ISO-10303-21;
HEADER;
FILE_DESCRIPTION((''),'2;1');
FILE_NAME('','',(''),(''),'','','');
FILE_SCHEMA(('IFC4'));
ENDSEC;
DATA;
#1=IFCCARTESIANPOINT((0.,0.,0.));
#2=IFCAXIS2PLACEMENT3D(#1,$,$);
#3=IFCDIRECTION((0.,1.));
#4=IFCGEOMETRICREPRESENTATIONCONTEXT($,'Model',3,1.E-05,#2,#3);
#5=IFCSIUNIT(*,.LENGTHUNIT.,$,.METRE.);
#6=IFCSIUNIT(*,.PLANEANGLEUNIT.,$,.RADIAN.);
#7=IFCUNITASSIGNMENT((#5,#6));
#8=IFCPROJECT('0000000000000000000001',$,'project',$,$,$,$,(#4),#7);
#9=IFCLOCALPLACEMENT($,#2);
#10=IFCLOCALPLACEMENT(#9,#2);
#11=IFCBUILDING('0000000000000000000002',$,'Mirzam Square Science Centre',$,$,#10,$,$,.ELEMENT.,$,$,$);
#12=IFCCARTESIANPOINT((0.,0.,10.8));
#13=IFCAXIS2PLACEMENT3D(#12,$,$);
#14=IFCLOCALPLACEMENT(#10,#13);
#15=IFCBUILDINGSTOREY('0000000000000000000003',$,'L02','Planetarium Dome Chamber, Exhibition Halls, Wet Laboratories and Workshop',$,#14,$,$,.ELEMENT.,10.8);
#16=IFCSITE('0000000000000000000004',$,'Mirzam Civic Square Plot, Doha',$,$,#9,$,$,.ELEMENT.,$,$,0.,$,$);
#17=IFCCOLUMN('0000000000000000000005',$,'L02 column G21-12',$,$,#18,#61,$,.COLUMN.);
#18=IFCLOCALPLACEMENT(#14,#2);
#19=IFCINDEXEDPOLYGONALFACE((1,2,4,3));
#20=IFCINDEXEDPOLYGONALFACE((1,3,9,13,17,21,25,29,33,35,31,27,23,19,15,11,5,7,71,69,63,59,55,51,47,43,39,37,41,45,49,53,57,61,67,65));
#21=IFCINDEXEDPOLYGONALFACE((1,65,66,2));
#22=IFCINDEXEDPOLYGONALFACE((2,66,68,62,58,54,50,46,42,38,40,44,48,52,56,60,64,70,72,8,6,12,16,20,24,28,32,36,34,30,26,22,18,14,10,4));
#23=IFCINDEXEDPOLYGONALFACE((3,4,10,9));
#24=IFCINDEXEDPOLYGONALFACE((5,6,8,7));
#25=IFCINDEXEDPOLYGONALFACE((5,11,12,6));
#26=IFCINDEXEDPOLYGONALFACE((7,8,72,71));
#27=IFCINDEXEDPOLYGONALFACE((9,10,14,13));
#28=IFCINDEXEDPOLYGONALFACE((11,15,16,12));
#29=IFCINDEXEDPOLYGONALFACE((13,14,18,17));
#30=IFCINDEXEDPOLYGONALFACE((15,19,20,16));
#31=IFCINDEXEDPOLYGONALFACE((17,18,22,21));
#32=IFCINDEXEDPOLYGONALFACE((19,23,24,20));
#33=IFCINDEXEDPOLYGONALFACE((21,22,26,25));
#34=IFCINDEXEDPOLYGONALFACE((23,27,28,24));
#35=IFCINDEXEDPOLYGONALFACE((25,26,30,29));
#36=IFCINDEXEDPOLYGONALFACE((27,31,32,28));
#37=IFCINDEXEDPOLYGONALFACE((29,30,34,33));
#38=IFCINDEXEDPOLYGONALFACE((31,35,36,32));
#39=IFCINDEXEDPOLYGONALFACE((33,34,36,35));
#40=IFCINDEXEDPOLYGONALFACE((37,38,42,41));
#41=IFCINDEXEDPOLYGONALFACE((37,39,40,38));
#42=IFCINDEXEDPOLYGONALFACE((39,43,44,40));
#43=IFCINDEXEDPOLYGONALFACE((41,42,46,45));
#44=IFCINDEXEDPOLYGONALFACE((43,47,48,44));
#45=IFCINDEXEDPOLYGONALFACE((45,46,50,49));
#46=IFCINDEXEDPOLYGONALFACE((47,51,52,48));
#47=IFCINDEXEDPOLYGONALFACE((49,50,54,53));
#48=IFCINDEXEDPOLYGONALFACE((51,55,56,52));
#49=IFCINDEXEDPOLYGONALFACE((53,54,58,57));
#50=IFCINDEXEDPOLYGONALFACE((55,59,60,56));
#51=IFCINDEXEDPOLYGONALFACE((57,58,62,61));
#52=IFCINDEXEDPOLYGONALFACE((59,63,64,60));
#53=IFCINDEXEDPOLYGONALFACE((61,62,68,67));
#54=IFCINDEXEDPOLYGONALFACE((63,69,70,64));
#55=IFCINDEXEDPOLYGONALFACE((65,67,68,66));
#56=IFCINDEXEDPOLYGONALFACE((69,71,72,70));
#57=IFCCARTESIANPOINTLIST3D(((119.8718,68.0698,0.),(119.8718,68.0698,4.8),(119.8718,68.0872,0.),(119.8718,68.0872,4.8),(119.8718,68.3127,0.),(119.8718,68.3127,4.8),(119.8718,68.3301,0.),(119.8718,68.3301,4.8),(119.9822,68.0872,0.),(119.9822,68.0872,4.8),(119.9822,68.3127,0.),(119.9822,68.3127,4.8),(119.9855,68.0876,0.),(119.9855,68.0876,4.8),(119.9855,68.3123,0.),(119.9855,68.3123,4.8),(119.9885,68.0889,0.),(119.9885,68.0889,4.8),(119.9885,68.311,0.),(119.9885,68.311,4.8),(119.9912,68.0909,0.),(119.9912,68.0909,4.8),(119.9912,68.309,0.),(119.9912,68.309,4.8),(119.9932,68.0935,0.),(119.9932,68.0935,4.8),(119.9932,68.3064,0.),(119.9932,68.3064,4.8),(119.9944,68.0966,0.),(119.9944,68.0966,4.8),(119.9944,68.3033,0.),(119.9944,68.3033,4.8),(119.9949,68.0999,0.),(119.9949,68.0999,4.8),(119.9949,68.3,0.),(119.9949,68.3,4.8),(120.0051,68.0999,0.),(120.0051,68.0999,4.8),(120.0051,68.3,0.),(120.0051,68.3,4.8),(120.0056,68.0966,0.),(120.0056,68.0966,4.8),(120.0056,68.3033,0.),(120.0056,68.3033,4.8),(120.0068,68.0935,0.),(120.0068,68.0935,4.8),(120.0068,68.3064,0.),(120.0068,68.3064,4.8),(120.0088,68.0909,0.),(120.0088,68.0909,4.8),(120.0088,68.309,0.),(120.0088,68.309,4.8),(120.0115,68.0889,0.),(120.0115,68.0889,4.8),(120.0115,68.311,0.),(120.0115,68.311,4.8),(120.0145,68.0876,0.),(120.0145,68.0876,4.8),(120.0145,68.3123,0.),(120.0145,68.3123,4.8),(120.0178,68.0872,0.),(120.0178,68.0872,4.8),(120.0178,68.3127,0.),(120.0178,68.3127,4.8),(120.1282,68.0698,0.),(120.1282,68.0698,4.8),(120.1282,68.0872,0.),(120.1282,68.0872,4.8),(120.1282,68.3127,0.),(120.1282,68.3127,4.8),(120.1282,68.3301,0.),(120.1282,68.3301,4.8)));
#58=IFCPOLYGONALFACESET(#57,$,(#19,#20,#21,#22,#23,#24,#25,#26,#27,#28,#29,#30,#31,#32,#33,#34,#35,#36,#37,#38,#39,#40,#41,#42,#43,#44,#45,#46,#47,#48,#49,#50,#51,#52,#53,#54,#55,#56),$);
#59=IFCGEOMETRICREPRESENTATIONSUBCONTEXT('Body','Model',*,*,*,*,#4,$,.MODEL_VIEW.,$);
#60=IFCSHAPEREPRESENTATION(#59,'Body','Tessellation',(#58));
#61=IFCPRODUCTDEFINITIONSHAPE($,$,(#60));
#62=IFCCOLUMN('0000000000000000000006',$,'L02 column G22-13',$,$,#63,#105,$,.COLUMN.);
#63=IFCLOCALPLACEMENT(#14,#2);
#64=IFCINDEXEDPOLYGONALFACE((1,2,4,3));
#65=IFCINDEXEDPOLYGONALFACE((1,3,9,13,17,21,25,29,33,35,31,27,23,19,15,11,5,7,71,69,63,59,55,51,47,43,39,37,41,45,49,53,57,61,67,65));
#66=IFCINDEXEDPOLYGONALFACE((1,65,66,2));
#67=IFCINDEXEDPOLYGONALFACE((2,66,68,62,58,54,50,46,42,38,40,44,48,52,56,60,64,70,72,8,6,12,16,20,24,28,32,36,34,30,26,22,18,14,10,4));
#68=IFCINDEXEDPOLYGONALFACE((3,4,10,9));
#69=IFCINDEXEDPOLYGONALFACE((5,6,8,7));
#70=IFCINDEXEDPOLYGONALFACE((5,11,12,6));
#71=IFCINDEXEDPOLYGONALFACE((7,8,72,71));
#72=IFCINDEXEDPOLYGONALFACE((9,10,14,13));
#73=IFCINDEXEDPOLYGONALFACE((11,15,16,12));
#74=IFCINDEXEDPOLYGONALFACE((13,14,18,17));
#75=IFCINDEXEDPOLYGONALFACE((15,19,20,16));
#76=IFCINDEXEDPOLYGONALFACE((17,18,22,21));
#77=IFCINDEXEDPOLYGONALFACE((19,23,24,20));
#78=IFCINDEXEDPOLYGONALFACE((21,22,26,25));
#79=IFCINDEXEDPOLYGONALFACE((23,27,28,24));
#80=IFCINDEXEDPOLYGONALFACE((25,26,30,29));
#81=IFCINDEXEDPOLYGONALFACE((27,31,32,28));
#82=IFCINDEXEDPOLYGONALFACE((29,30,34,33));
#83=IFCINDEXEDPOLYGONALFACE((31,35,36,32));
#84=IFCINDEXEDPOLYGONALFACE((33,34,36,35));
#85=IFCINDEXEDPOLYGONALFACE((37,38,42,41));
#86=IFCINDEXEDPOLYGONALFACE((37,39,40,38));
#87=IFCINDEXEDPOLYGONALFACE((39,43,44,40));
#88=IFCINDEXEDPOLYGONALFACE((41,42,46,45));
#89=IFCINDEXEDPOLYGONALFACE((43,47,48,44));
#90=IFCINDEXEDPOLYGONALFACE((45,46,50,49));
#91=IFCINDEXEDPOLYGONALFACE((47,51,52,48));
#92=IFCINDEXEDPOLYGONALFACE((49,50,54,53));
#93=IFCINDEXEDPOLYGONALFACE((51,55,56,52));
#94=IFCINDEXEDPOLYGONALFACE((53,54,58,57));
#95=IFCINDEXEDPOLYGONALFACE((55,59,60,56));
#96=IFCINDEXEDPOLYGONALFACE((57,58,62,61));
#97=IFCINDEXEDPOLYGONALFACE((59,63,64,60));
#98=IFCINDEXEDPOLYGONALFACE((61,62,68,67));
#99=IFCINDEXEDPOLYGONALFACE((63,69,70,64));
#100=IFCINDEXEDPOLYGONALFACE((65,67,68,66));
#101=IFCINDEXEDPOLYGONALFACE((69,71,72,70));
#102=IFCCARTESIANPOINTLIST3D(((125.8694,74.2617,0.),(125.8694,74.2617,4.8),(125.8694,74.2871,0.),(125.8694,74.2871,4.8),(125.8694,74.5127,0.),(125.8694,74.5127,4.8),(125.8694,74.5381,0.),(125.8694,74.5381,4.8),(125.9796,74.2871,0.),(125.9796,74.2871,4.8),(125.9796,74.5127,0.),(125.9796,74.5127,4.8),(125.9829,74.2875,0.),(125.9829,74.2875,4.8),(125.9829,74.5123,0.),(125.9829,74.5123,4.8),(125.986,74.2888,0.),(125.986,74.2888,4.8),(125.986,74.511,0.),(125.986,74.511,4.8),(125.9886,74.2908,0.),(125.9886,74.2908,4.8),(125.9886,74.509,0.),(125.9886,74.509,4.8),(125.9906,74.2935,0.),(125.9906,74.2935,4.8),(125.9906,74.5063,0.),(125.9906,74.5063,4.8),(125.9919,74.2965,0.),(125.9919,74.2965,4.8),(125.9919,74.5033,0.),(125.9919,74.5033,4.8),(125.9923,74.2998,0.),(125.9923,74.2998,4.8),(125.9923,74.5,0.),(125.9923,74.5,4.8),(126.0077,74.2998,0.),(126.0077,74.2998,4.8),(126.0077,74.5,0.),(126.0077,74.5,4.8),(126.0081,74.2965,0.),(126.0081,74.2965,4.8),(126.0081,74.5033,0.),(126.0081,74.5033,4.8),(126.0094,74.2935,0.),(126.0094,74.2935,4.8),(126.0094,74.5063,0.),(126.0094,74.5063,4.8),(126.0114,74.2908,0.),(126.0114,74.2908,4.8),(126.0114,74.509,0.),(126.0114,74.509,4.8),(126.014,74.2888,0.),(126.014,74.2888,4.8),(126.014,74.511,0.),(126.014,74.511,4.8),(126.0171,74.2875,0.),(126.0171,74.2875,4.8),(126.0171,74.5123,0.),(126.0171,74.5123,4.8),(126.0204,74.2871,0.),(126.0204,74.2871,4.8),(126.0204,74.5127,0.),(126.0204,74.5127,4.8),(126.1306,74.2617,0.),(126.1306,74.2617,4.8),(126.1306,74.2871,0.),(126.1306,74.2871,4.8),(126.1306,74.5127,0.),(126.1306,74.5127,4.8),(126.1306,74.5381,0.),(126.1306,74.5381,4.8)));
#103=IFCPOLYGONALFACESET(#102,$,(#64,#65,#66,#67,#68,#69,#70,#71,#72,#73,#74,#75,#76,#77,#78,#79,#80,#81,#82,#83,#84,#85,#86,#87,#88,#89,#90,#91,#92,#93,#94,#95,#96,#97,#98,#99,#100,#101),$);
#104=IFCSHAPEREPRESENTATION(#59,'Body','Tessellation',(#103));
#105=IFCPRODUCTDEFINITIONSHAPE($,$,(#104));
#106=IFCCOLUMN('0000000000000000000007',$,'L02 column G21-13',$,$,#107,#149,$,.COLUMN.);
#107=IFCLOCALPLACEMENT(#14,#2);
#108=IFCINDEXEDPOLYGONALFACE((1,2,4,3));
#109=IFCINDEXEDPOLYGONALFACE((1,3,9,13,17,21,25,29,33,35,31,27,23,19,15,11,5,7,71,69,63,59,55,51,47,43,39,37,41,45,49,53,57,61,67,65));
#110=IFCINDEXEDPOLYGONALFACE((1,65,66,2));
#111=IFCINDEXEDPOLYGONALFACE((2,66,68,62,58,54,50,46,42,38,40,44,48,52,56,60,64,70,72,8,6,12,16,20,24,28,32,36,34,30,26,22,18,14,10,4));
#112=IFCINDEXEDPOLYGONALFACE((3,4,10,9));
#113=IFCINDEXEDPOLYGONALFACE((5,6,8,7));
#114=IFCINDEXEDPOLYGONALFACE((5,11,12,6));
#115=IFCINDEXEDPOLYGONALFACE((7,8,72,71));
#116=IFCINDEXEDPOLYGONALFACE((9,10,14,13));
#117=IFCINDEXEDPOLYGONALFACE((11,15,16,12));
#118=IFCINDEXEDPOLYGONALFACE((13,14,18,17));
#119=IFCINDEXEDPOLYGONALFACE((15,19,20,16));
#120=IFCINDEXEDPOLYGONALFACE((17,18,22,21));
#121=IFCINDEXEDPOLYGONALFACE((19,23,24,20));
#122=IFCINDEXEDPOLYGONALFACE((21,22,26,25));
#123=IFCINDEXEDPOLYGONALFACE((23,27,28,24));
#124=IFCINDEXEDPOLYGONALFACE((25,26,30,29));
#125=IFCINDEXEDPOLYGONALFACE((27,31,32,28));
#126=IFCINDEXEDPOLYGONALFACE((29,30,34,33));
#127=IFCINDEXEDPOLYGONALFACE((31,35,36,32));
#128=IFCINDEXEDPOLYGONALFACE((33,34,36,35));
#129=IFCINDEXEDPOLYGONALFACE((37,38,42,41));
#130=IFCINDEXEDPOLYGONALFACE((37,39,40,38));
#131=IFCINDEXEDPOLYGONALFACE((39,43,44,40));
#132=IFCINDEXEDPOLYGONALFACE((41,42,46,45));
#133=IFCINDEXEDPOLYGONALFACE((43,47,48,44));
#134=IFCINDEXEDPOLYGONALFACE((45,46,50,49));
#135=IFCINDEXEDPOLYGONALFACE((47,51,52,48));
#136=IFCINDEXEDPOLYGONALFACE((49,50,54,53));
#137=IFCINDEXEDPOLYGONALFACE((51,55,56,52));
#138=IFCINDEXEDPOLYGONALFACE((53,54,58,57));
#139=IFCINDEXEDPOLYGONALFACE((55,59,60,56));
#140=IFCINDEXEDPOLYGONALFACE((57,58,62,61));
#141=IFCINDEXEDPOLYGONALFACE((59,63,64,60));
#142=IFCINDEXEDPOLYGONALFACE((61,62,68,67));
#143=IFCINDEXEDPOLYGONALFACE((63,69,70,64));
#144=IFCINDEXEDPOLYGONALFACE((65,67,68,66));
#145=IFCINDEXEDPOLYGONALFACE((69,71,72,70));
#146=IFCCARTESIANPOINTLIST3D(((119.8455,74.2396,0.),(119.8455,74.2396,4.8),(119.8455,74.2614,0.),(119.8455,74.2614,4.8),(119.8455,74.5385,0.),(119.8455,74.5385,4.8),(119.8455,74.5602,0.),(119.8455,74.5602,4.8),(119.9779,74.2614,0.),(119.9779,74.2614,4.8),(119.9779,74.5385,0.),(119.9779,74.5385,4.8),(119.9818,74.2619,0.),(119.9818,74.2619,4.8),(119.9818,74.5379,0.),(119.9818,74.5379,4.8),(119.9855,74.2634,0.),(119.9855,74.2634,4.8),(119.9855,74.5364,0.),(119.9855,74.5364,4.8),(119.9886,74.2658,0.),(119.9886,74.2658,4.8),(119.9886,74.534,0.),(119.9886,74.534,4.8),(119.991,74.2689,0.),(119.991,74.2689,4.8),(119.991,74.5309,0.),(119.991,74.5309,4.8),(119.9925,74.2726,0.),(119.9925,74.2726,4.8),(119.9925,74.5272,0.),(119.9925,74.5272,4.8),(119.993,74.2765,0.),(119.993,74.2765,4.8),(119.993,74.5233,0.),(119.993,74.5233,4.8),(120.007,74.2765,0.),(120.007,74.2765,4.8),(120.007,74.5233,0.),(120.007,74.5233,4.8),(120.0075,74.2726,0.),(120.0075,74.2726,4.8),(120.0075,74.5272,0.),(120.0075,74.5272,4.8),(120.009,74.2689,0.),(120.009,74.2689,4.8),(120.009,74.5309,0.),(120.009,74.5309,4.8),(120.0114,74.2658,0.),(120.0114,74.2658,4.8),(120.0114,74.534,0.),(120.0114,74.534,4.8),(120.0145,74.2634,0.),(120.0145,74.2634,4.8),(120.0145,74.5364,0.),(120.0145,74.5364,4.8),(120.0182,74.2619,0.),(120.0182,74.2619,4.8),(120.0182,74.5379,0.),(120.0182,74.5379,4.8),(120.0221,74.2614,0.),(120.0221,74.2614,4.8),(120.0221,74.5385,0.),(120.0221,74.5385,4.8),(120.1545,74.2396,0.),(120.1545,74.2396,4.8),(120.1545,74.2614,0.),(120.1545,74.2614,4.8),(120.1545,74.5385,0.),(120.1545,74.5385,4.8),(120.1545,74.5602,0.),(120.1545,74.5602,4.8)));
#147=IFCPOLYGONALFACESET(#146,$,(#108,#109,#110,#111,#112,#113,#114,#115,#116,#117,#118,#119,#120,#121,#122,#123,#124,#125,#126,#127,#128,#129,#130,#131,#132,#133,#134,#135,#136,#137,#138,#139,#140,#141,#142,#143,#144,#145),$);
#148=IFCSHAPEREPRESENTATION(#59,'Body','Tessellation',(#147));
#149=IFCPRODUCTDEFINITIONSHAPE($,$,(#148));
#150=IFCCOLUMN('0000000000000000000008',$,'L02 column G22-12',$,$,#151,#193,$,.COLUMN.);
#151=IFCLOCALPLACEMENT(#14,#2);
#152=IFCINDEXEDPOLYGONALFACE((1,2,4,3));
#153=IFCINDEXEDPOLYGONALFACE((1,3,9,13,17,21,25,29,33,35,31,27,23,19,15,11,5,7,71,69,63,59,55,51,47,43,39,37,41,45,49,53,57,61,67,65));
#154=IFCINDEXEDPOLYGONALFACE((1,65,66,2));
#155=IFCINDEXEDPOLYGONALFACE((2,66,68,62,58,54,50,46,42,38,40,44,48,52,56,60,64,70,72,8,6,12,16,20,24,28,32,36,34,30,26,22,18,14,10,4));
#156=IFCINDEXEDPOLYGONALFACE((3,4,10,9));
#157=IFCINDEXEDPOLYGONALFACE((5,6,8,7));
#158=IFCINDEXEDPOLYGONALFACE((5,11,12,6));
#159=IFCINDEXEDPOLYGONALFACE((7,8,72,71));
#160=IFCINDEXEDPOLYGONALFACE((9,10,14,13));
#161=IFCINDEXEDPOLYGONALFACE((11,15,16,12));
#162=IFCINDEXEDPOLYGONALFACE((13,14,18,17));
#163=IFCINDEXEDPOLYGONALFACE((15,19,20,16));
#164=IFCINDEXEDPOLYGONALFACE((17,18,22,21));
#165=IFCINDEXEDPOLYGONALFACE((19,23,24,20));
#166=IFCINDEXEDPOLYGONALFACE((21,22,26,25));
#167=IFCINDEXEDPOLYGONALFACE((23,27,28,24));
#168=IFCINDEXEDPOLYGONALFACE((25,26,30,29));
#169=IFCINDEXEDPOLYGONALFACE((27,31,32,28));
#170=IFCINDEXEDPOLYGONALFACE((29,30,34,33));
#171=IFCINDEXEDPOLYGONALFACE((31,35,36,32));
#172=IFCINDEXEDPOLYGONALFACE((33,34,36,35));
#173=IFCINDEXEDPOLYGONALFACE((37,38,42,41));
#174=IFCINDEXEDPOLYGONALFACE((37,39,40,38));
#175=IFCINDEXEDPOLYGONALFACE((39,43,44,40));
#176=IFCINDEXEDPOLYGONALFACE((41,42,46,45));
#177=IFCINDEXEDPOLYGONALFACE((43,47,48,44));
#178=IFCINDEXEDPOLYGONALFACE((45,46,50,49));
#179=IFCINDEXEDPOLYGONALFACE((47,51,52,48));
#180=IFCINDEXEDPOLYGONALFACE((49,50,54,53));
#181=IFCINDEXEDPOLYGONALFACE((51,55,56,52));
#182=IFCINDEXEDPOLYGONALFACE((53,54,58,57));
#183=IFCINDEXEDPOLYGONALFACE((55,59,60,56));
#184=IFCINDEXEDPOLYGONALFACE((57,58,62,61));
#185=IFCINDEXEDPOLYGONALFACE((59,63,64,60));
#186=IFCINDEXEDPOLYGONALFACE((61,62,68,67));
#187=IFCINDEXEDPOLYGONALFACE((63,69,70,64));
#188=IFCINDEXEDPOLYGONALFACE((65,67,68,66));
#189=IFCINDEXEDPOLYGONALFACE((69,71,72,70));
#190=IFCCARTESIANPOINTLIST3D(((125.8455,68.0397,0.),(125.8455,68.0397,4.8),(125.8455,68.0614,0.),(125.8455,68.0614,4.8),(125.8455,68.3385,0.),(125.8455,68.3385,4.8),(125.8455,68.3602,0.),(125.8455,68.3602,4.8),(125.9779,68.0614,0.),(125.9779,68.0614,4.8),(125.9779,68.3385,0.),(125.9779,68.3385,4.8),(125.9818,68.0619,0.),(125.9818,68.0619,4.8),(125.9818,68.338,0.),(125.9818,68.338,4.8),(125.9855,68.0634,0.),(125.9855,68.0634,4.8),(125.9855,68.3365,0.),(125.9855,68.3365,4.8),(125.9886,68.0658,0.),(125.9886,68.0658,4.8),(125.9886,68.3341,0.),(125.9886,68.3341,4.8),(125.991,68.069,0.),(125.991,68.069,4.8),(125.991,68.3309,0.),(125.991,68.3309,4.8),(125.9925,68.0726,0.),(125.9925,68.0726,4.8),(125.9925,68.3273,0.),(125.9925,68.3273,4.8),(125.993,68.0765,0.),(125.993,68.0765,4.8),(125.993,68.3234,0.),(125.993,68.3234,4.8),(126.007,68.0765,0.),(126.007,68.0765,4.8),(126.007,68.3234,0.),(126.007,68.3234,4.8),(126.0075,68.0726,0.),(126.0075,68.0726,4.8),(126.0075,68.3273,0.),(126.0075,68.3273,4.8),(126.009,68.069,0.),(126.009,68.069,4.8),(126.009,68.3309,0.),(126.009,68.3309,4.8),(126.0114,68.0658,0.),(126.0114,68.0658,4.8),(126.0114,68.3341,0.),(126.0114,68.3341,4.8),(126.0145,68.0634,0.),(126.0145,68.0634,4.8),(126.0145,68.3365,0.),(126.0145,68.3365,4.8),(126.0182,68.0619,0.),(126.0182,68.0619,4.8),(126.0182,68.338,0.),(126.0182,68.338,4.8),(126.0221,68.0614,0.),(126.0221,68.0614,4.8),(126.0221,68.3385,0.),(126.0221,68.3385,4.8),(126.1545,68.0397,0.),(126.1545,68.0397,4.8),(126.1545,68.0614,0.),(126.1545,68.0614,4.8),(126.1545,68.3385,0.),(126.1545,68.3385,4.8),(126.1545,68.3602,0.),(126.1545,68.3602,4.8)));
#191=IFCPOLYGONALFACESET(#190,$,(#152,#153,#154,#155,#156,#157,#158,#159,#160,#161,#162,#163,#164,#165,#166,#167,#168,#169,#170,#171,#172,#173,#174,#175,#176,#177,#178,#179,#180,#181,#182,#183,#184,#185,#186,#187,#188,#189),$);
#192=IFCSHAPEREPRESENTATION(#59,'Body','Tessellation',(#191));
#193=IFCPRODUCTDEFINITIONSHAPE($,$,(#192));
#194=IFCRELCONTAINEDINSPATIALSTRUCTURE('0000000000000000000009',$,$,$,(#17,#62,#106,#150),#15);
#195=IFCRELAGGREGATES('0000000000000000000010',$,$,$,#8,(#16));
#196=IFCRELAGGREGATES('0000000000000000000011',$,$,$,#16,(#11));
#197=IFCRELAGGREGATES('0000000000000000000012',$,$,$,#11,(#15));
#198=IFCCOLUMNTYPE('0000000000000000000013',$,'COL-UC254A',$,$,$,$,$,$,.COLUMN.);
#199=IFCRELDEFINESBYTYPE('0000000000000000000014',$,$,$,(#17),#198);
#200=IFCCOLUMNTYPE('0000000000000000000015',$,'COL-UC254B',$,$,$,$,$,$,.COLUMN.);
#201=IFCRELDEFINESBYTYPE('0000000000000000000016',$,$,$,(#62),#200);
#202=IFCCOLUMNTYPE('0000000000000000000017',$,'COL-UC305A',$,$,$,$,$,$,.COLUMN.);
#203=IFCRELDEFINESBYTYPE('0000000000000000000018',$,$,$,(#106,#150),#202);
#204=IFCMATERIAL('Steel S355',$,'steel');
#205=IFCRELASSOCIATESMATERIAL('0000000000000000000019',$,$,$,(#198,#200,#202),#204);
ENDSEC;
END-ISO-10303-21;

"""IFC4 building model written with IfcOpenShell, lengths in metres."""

from ifc_helpers import new_model, si_unit, direction, frame, origin, origin_2d, place, context, subcontext, project, spatial, i_section, extrude, material, material_profile, profile_set, type_object, element, save


model = new_model("IFC4")

# Units and contexts
model_context = context("Model", 3, precision=1e-05, world=origin(), true_north=direction((0.0, 1.0)))
body_context = subcontext(model_context, "Body", "Model", "MODEL_VIEW")
ifc_project = project(units=[si_unit("LENGTHUNIT", "METRE"), si_unit("PLANEANGLEUNIT", "RADIAN")], contexts=[model_context])

# Site, building, storey
site_placement = place(None, origin())
site = spatial("IfcSite", under=ifc_project, at=site_placement, Name="Mirzam Civic Square Plot, Doha", CompositionType="ELEMENT", RefElevation=0.0)
building_placement = place(site_placement, origin())
building = spatial("IfcBuilding", under=site, at=building_placement, Name="Mirzam Square Science Centre", CompositionType="ELEMENT")
storey_placement = place(building_placement, frame((0.0, 0.0, 10.8)))
storey = spatial("IfcBuildingStorey", under=building, at=storey_placement, Name="L02", Description="Planetarium Dome Chamber, Exhibition Halls, Wet Laboratories and Workshop", CompositionType="ELEMENT", Elevation=10.8)

# Columns
ifc_material_1 = material(Name="Steel S355", Category="steel")
ifc_material_profile_1 = material_profile(ifc_material_1, i_section(OverallWidth=0.2563, OverallDepth=0.2603, WebThickness=0.0103, FlangeThickness=0.0173, FilletRadius=0.0127, at=origin_2d()), Name="254x254x89UC")
ifc_profile_set_1 = profile_set([ifc_material_profile_1], Name="Steel S355")
column_type_1 = type_object("IfcColumnType", Name="COL-UC254A", PredefinedType="COLUMN", material=ifc_profile_set_1)
column_1_placement = place(storey_placement, frame((120.0, 68.2, 0.0), z_axis=(0.0, 0.0, 1.0), x_axis=(1.0, 0.0, 0.0)))
element("IfcColumn", 1, at=column_1_placement, inside=storey, type_object=column_type_1, Name="L02 column G21-12", PredefinedType="COLUMN", context=body_context, shape_type="SweptSolid", body=[
    extrude(i_section(OverallWidth=0.2563, OverallDepth=0.2603, WebThickness=0.0103, FlangeThickness=0.0173, FilletRadius=0.0127, at=origin_2d()), origin(), (0.0, 0.0, 1.0), 4.8),
])
ifc_material_profile_2 = material_profile(ifc_material_1, i_section(OverallWidth=0.2612, OverallDepth=0.2764, WebThickness=0.0154, FlangeThickness=0.0254, FilletRadius=0.0127, at=origin_2d()), Name="254x254x132UC")
ifc_profile_set_2 = profile_set([ifc_material_profile_2], Name="Steel S355")
column_type_2 = type_object("IfcColumnType", Name="COL-UC254B", PredefinedType="COLUMN", material=ifc_profile_set_2)
column_2_placement = place(storey_placement, frame((126.0, 74.3999, 0.0), z_axis=(0.0, 0.0, 1.0), x_axis=(1.0, 0.0, 0.0)))
element("IfcColumn", 2, at=column_2_placement, inside=storey, type_object=column_type_2, Name="L02 column G22-13", PredefinedType="COLUMN", context=body_context, shape_type="SweptSolid", body=[
    extrude(i_section(OverallWidth=0.2612, OverallDepth=0.2764, WebThickness=0.0154, FlangeThickness=0.0254, FilletRadius=0.0127, at=origin_2d()), origin(), (0.0, 0.0, 1.0), 4.8),
])
ifc_material_profile_3 = material_profile(ifc_material_1, i_section(OverallWidth=0.3091, OverallDepth=0.3206, WebThickness=0.0139, FlangeThickness=0.0217, FilletRadius=0.0151, at=origin_2d()), Name="305x305x137UC")
ifc_profile_set_3 = profile_set([ifc_material_profile_3], Name="Steel S355")
column_type_3 = type_object("IfcColumnType", Name="COL-UC305A", PredefinedType="COLUMN", material=ifc_profile_set_3)
for number, where, z_axis, x_axis, name in (
    (3, (120.0, 74.3999, 0.0), (0.0, 0.0, 1.0), (1.0, 0.0, 0.0), "L02 column G21-13"),
    (4, (126.0, 68.2, 0.0), (0.0, 0.0, 1.0), (1.0, 0.0, 0.0), "L02 column G22-12"),
):
    element("IfcColumn", number, at=place(storey_placement, frame(where, z_axis=z_axis, x_axis=x_axis)), inside=storey, type_object=column_type_3, Name=name, PredefinedType="COLUMN", context=body_context, shape_type="SweptSolid", body=[
        extrude(i_section(OverallWidth=0.3091, OverallDepth=0.3206, WebThickness=0.0139, FlangeThickness=0.0217, FilletRadius=0.0151, at=origin_2d()), origin(), (0.0, 0.0, 1.0), 4.8),
    ])

save(model, "model.ifc")
